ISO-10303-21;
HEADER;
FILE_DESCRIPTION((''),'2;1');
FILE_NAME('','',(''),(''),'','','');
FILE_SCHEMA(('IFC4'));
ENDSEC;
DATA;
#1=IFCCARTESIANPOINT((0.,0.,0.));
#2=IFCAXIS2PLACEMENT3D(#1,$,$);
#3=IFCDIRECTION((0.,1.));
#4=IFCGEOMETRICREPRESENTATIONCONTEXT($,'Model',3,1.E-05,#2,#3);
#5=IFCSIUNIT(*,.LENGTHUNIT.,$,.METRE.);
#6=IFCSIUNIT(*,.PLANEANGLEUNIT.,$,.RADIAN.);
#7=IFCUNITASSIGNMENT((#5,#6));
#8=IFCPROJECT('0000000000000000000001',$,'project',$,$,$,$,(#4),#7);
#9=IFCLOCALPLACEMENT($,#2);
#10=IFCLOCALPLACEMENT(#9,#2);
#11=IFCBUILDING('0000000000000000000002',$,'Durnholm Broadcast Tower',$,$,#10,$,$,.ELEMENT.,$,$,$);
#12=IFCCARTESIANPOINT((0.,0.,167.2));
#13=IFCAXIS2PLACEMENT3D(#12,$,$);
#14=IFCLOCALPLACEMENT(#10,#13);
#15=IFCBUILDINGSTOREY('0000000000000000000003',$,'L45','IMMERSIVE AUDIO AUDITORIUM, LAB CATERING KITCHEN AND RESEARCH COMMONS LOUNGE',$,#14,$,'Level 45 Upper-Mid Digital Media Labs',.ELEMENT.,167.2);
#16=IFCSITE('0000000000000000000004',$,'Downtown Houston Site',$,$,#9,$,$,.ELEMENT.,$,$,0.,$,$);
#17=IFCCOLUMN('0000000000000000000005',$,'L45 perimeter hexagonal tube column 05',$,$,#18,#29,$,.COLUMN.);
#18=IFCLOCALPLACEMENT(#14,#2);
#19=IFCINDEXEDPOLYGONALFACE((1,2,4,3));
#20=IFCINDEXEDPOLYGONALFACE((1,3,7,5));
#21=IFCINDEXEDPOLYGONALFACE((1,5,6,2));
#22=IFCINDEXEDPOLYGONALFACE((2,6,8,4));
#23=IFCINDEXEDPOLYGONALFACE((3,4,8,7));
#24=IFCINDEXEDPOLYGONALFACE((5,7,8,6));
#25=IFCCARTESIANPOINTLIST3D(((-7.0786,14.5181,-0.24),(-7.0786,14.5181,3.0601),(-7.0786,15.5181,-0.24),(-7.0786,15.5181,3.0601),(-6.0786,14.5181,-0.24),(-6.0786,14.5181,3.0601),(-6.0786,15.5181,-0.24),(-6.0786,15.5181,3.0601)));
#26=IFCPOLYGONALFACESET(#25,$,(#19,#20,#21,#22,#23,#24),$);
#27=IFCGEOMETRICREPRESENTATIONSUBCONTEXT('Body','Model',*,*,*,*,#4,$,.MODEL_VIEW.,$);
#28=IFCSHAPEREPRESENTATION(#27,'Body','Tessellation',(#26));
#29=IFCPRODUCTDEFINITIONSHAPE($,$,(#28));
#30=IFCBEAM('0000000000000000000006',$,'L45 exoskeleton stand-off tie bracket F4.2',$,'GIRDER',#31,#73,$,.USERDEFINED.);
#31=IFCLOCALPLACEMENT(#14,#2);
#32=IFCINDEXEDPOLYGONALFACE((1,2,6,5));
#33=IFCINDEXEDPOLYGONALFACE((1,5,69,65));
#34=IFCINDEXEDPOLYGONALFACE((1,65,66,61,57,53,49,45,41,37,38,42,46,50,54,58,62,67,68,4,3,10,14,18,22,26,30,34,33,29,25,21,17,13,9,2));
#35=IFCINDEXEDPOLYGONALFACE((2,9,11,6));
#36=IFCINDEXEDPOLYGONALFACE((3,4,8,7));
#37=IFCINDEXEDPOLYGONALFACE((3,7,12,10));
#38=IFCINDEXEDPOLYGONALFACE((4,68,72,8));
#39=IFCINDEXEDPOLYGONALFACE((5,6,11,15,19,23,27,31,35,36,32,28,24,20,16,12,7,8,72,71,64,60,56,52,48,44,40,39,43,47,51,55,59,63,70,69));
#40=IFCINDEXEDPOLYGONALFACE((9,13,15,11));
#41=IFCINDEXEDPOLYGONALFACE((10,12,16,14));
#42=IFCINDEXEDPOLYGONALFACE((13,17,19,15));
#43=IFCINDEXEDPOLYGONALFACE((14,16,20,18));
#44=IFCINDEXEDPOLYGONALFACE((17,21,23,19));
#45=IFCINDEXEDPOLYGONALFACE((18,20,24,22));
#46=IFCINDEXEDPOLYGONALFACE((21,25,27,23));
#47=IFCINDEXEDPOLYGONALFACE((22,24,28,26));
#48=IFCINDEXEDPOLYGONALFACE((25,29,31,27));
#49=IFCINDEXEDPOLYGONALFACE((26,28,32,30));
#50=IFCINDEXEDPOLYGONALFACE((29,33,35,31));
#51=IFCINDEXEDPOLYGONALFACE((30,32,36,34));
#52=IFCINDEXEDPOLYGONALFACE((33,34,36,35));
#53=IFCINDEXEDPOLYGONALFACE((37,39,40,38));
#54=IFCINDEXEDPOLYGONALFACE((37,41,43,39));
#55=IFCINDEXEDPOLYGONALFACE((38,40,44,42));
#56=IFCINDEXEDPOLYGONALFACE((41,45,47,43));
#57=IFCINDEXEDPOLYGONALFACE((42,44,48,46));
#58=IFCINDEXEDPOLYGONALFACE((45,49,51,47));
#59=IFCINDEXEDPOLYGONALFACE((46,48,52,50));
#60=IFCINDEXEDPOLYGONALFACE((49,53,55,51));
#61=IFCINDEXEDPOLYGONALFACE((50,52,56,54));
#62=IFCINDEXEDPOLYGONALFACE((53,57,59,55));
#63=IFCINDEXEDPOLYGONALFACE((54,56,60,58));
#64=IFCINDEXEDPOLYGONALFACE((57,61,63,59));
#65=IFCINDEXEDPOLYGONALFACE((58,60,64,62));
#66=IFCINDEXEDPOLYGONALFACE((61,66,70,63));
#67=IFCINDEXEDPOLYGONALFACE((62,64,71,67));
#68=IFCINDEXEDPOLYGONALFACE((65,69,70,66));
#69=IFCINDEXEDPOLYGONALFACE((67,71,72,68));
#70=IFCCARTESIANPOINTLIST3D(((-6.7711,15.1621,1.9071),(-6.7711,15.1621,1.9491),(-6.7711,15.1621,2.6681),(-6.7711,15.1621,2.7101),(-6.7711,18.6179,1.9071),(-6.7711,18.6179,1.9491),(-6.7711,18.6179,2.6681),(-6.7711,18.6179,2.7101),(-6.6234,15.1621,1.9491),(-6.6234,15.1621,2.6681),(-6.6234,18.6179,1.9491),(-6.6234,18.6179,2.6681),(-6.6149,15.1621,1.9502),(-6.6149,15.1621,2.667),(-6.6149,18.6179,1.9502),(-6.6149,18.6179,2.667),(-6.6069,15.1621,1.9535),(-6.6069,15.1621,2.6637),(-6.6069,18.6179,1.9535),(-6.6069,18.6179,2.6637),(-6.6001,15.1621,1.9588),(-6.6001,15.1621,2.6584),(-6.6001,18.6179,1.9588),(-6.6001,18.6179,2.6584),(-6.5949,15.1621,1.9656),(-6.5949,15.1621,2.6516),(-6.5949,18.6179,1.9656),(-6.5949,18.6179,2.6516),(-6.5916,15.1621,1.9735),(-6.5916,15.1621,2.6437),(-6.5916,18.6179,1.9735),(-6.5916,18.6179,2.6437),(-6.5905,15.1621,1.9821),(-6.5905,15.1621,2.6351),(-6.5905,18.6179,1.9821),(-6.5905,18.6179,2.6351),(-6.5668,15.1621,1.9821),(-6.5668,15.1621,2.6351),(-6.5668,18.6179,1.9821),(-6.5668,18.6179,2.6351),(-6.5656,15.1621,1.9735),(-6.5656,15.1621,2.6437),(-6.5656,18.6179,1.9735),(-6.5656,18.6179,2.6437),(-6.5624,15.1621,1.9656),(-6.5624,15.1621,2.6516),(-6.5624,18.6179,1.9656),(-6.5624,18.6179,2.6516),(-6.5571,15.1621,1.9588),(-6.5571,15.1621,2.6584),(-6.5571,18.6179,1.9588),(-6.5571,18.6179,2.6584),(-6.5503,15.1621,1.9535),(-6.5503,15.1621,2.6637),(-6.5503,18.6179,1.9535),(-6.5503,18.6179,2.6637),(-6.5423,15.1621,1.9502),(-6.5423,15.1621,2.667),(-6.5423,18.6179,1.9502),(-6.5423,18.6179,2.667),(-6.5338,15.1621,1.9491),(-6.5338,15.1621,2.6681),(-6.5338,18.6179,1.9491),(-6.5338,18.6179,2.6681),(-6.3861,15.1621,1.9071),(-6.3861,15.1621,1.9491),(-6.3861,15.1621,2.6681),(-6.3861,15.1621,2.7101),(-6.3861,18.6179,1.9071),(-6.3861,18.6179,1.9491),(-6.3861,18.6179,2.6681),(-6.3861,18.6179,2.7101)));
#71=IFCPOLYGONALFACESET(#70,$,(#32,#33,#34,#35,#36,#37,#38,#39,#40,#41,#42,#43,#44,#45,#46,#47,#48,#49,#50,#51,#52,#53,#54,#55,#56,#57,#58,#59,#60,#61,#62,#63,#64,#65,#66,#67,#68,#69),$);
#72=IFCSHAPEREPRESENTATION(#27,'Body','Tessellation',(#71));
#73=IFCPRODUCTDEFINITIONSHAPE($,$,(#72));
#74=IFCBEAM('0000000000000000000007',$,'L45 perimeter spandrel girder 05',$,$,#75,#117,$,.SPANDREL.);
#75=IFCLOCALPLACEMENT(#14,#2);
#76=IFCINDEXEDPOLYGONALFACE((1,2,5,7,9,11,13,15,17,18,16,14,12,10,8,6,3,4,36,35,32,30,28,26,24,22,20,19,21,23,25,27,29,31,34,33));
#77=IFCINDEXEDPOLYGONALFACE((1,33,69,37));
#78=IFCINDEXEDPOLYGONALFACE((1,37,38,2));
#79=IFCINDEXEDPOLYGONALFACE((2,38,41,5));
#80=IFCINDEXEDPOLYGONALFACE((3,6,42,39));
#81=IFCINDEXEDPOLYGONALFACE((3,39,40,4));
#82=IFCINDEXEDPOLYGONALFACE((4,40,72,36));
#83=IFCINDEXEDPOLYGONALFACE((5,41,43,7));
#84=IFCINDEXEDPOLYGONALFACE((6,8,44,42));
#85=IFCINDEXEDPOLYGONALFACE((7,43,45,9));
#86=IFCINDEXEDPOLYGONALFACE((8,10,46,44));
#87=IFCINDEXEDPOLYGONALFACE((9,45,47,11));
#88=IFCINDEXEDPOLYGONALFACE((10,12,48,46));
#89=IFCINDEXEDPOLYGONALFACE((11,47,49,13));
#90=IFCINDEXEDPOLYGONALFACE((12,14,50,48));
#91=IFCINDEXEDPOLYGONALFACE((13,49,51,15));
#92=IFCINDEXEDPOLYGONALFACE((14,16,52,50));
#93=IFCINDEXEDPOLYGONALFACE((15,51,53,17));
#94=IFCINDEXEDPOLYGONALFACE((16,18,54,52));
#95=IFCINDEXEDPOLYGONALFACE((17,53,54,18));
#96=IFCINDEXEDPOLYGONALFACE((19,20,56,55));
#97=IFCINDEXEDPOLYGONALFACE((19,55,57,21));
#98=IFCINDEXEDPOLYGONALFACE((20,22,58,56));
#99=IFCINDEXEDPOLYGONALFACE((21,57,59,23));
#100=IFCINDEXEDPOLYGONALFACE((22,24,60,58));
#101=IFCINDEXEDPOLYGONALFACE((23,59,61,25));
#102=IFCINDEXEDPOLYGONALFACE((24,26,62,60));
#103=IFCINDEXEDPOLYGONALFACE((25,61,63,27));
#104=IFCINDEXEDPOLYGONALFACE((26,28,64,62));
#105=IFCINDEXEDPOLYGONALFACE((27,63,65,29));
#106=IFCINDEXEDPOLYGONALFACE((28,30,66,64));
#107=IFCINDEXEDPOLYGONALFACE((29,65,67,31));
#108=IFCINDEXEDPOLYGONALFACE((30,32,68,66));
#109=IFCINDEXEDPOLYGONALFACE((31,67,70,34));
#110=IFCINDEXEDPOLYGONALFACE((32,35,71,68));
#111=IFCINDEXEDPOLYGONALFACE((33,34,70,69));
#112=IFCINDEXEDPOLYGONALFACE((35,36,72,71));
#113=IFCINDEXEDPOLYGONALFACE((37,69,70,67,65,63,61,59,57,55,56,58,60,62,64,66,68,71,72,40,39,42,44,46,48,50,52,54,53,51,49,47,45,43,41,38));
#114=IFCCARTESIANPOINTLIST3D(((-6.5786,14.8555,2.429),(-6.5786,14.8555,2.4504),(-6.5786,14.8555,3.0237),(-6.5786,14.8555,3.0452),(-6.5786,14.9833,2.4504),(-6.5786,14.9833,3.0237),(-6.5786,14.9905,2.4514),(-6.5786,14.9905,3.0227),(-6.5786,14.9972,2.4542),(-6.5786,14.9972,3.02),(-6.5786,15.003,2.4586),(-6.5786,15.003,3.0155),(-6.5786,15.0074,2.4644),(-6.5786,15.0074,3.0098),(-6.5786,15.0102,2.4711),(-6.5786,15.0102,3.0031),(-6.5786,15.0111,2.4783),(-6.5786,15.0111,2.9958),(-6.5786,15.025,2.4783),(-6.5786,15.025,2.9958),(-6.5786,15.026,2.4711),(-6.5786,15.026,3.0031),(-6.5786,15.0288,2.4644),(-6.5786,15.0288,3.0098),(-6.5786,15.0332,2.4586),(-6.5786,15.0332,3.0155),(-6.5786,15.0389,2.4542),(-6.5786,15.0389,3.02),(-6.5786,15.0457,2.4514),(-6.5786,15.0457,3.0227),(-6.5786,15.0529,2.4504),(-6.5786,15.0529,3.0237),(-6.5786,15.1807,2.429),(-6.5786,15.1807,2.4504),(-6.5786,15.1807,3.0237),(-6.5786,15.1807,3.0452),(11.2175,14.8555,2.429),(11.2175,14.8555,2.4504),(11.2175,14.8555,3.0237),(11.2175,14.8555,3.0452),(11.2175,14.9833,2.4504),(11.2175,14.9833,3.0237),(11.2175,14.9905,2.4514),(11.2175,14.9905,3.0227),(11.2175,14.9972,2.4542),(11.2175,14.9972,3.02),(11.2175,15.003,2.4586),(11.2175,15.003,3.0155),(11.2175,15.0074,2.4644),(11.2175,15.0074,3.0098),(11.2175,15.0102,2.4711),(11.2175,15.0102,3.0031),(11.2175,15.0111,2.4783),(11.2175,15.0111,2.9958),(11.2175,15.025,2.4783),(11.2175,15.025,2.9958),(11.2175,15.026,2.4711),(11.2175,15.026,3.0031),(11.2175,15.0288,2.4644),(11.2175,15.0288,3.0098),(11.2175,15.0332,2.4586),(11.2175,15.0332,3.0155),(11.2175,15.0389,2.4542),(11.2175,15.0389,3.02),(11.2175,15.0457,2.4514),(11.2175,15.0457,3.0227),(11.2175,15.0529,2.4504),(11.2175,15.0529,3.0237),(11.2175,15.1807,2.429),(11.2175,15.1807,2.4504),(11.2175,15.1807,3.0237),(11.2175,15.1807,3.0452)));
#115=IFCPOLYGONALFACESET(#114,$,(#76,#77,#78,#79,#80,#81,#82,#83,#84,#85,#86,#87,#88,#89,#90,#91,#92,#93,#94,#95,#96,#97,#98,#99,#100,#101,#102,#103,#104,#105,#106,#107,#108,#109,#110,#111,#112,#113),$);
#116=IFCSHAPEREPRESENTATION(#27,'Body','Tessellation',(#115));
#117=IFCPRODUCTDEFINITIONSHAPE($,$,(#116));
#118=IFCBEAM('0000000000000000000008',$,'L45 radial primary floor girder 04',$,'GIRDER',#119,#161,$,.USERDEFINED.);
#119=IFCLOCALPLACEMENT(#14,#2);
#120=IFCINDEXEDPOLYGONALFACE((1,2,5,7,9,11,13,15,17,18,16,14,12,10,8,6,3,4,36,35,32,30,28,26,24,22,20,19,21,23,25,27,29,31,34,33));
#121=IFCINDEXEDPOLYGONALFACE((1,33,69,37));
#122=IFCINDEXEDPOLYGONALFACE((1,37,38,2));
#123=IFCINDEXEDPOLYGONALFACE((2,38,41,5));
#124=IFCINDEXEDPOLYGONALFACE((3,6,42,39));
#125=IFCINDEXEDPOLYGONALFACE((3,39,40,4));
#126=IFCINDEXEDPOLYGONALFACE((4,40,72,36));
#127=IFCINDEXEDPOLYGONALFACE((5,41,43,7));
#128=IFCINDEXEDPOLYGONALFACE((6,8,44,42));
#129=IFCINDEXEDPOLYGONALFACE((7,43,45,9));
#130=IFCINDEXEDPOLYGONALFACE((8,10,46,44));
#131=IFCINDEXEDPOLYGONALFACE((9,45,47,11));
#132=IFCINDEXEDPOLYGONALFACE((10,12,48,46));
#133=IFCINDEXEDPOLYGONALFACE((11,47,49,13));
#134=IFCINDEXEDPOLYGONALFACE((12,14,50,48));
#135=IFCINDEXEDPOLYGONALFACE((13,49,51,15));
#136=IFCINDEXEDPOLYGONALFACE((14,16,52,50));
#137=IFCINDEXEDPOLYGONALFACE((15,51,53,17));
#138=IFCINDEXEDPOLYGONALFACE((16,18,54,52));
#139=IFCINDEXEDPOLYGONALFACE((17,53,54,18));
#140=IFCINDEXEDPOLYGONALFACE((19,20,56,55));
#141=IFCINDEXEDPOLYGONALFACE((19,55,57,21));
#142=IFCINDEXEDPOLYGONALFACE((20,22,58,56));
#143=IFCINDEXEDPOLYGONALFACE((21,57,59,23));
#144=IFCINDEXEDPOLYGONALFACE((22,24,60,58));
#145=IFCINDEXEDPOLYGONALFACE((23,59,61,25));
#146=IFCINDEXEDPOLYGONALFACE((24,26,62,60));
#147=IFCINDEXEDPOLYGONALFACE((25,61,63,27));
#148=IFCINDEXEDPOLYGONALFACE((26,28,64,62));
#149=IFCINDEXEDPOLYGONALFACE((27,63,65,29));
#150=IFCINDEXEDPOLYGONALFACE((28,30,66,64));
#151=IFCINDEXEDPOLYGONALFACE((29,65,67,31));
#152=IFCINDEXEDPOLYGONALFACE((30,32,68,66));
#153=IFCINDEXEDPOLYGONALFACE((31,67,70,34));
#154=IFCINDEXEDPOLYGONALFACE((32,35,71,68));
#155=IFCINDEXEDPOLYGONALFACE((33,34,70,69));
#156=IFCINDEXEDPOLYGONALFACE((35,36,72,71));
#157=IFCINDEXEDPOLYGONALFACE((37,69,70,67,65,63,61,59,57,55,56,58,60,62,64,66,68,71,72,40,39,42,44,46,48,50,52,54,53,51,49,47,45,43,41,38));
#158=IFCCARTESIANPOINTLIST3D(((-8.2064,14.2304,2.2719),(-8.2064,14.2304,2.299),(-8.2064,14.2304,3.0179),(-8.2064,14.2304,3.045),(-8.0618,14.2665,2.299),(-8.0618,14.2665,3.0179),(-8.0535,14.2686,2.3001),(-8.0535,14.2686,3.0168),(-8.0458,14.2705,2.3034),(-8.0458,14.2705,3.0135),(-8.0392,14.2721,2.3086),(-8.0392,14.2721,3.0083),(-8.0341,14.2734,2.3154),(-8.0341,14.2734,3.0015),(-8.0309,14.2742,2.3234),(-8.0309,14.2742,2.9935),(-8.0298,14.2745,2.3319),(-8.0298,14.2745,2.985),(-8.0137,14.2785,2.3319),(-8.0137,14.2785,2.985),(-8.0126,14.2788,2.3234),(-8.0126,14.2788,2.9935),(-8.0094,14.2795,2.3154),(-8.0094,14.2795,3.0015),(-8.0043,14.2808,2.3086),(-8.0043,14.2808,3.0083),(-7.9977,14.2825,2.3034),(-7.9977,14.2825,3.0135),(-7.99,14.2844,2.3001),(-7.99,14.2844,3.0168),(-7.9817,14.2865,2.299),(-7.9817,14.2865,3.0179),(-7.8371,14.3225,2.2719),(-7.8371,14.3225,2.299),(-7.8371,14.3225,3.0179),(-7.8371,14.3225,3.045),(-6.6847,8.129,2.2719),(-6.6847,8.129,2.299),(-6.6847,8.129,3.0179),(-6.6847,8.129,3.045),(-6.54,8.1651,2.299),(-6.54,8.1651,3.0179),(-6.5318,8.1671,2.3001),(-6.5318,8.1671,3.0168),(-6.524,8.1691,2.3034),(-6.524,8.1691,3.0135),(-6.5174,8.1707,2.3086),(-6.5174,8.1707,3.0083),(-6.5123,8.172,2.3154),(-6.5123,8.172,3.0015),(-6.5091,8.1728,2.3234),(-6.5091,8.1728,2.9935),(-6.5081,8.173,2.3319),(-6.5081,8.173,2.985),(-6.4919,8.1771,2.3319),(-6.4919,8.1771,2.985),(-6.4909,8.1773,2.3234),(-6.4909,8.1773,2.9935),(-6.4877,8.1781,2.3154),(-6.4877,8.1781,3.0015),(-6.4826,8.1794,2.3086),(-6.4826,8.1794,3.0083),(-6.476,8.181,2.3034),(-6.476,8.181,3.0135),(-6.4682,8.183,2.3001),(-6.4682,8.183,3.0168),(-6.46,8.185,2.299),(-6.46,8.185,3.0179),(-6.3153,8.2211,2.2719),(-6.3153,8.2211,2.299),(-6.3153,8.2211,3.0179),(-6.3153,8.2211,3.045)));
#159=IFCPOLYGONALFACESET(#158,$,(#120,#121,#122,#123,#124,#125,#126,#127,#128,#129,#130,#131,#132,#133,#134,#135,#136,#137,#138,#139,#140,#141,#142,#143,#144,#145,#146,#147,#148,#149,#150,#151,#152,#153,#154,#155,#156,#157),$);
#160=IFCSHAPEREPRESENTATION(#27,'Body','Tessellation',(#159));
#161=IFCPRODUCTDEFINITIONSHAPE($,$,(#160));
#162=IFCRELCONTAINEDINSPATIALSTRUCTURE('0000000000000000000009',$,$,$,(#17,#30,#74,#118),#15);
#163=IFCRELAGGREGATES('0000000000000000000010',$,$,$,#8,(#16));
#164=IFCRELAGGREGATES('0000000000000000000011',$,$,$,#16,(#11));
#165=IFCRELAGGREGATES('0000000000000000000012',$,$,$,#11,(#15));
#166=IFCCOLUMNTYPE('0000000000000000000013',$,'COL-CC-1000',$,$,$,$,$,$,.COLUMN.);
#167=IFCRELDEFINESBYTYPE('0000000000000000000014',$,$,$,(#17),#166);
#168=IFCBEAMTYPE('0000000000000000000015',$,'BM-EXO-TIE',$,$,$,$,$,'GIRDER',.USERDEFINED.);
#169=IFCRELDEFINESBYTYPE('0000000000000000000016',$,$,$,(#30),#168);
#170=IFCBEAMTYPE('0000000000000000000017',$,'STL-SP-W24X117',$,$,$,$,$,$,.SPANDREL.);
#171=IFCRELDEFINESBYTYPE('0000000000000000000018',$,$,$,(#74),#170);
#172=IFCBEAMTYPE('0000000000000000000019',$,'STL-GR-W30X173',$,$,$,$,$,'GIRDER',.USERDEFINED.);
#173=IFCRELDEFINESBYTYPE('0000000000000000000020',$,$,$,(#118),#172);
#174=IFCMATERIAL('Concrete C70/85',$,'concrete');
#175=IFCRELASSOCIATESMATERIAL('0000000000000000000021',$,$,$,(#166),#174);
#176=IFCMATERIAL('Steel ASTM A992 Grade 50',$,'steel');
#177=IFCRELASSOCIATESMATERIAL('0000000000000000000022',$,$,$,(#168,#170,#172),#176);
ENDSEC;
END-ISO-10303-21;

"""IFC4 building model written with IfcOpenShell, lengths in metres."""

from ifc_helpers import new_model, si_unit, direction, frame, origin, origin_2d, place, context, subcontext, project, spatial, rectangle, i_section, extrude, source, transform, mapped, material, material_profile, profile_set, type_object, type_shapes, element, save


model = new_model("IFC4")

# Units and contexts
model_context = context("Model", 3, precision=1e-05, world=origin(), true_north=direction((0.0, 1.0)))
body_context = subcontext(model_context, "Body", "Model", "MODEL_VIEW")
ifc_project = project(units=[si_unit("LENGTHUNIT", "METRE"), si_unit("PLANEANGLEUNIT", "RADIAN")], contexts=[model_context])

# Site, building, storey
site_placement = place(None, origin())
site = spatial("IfcSite", under=ifc_project, at=site_placement, Name="Downtown Houston Site", CompositionType="ELEMENT", RefElevation=0.0)
building_placement = place(site_placement, origin())
building = spatial("IfcBuilding", under=site, at=building_placement, Name="Durnholm Broadcast Tower", CompositionType="ELEMENT")
storey_placement = place(building_placement, frame((0.0, 0.0, 167.2)))
storey = spatial("IfcBuildingStorey", under=building, at=storey_placement, Name="L45", Description="IMMERSIVE AUDIO AUDITORIUM, LAB CATERING KITCHEN AND RESEARCH COMMONS LOUNGE", LongName="Level 45 Upper-Mid Digital Media Labs", CompositionType="ELEMENT", Elevation=167.2)

# Column
ifc_material_1 = material(Name="Concrete C70/85", Category="concrete")
ifc_material_profile_1 = material_profile(ifc_material_1, rectangle(XDim=1.0, YDim=1.0, at=origin_2d()), Name="RC1000X1000")
ifc_profile_set_1 = profile_set([ifc_material_profile_1], Name="Concrete C70/85")
column_type = type_object("IfcColumnType", Name="COL-CC-1000", PredefinedType="COLUMN", material=ifc_profile_set_1)
shared_shape_1 = source(origin(), body_context, "Body", "SweptSolid", [
    extrude(rectangle(XDim=1.0, YDim=1.0, at=origin_2d()), origin(), (0.0, 0.0, 1.0), 3.3),
])
type_shapes(column_type, [shared_shape_1])
column_placement = place(storey_placement, frame((-6.5786, 15.0181, -0.24), z_axis=(0.0, 0.0, 1.0), x_axis=(1.0, 0.0, 0.0)))
element("IfcColumn", 1, at=column_placement, inside=storey, type_object=column_type, Name="L45 perimeter hexagonal tube column 05", PredefinedType="COLUMN", context=body_context, shape_type="MappedRepresentation", body=[
    mapped(shared_shape_1, transform((0.0, 0.0, 0.0), x_axis=(1.0, 0.0, 0.0), y_axis=(0.0, 1.0, 0.0), z_axis=(0.0, 0.0, 1.0), scale=1.0)),
])

# Beams
ifc_material_2 = material(Name="Steel ASTM A992 Grade 50", Category="steel")
ifc_material_profile_2 = material_profile(ifc_material_2, i_section(OverallWidth=0.385, OverallDepth=0.803, WebThickness=0.0237, FlangeThickness=0.042, FilletRadius=0.033, at=origin_2d()), Name="W30X261")
ifc_profile_set_2 = profile_set([ifc_material_profile_2], Name="Steel ASTM A992 Grade 50")
beam_type_1 = type_object("IfcBeamType", Name="BM-EXO-TIE", ElementType="GIRDER", PredefinedType="USERDEFINED", material=ifc_profile_set_2)
shared_shape_2 = source(origin(), body_context, "Body", "SweptSolid", [
    extrude(i_section(OverallWidth=0.385, OverallDepth=0.803, WebThickness=0.0237, FlangeThickness=0.042, FilletRadius=0.033, at=origin_2d()), origin(), (0.0, 0.0, 1.0), 3.4558),
])
type_shapes(beam_type_1, [shared_shape_2])
beam_1_placement = place(storey_placement, frame((-6.5786, 15.1621, 2.3086), z_axis=(0.0, 1.0, 0.0), x_axis=(-1.0, 0.0, 0.0)))
element("IfcBeam", 2, at=beam_1_placement, inside=storey, type_object=beam_type_1, Name="L45 exoskeleton stand-off tie bracket F4.2", ObjectType="GIRDER", PredefinedType="USERDEFINED", context=body_context, shape_type="MappedRepresentation", body=[
    mapped(shared_shape_2, transform((0.0, 0.0, 0.0), x_axis=(1.0, 0.0, 0.0), y_axis=(0.0, 1.0, 0.0), z_axis=(0.0, 0.0, 1.0), scale=1.0)),
])
ifc_material_profile_3 = material_profile(ifc_material_2, i_section(OverallWidth=0.3252, OverallDepth=0.6162, WebThickness=0.0139, FlangeThickness=0.0215, FilletRadius=0.0278, at=origin_2d()), Name="W24X117")
ifc_profile_set_3 = profile_set([ifc_material_profile_3], Name="Steel ASTM A992 Grade 50")
beam_type_2 = type_object("IfcBeamType", Name="STL-SP-W24X117", PredefinedType="SPANDREL", material=ifc_profile_set_3)
shared_shape_3 = source(origin(), body_context, "Body", "SweptSolid", [
    extrude(i_section(OverallWidth=0.3252, OverallDepth=0.6162, WebThickness=0.0139, FlangeThickness=0.0215, FilletRadius=0.0278, at=origin_2d()), origin(), (0.0, 0.0, 1.0), 17.7961),
])
type_shapes(beam_type_2, [shared_shape_3])
beam_2_placement = place(storey_placement, frame((-6.5786, 15.0181, 2.7371), z_axis=(1.0, 0.0, 0.0), x_axis=(0.0, 1.0, 0.0)))
element("IfcBeam", 3, at=beam_2_placement, inside=storey, type_object=beam_type_2, Name="L45 perimeter spandrel girder 05", PredefinedType="SPANDREL", context=body_context, shape_type="MappedRepresentation", body=[
    mapped(shared_shape_3, transform((0.0, 0.0, 0.0), x_axis=(1.0, 0.0, 0.0), y_axis=(0.0, 1.0, 0.0), z_axis=(0.0, 0.0, 1.0), scale=1.0)),
])
ifc_material_profile_4 = material_profile(ifc_material_2, i_section(OverallWidth=0.3806, OverallDepth=0.7732, WebThickness=0.0166, FlangeThickness=0.0271, FilletRadius=0.033, at=origin_2d()), Name="W30X173")
ifc_profile_set_4 = profile_set([ifc_material_profile_4], Name="Steel ASTM A992 Grade 50")
beam_type_3 = type_object("IfcBeamType", Name="STL-GR-W30X173", ElementType="GIRDER", PredefinedType="USERDEFINED", material=ifc_profile_set_4)
shared_shape_4 = source(origin(), body_context, "Body", "SweptSolid", [
    extrude(i_section(OverallWidth=0.3806, OverallDepth=0.7732, WebThickness=0.0166, FlangeThickness=0.0271, FilletRadius=0.033, at=origin_2d()), origin(), (0.0, 0.0, 1.0), 6.2883),
])
beam_3_placement = place(storey_placement, frame((-6.5, 8.175, 2.6584), z_axis=(-0.241997, 0.970277, 0.0), x_axis=(-0.970277, -0.241997, 0.0)))
element("IfcBeam", 4, at=beam_3_placement, inside=storey, type_object=beam_type_3, Name="L45 radial primary floor girder 04", ObjectType="GIRDER", PredefinedType="USERDEFINED", context=body_context, shape_type="MappedRepresentation", body=[
    mapped(shared_shape_4, transform((0.0, 0.0, 0.0), x_axis=(1.0, 0.0, 0.0), y_axis=(0.0, 1.0, 0.0), z_axis=(0.0, 0.0, 1.0), scale=1.0)),
])

save(model, "model.ifc")
